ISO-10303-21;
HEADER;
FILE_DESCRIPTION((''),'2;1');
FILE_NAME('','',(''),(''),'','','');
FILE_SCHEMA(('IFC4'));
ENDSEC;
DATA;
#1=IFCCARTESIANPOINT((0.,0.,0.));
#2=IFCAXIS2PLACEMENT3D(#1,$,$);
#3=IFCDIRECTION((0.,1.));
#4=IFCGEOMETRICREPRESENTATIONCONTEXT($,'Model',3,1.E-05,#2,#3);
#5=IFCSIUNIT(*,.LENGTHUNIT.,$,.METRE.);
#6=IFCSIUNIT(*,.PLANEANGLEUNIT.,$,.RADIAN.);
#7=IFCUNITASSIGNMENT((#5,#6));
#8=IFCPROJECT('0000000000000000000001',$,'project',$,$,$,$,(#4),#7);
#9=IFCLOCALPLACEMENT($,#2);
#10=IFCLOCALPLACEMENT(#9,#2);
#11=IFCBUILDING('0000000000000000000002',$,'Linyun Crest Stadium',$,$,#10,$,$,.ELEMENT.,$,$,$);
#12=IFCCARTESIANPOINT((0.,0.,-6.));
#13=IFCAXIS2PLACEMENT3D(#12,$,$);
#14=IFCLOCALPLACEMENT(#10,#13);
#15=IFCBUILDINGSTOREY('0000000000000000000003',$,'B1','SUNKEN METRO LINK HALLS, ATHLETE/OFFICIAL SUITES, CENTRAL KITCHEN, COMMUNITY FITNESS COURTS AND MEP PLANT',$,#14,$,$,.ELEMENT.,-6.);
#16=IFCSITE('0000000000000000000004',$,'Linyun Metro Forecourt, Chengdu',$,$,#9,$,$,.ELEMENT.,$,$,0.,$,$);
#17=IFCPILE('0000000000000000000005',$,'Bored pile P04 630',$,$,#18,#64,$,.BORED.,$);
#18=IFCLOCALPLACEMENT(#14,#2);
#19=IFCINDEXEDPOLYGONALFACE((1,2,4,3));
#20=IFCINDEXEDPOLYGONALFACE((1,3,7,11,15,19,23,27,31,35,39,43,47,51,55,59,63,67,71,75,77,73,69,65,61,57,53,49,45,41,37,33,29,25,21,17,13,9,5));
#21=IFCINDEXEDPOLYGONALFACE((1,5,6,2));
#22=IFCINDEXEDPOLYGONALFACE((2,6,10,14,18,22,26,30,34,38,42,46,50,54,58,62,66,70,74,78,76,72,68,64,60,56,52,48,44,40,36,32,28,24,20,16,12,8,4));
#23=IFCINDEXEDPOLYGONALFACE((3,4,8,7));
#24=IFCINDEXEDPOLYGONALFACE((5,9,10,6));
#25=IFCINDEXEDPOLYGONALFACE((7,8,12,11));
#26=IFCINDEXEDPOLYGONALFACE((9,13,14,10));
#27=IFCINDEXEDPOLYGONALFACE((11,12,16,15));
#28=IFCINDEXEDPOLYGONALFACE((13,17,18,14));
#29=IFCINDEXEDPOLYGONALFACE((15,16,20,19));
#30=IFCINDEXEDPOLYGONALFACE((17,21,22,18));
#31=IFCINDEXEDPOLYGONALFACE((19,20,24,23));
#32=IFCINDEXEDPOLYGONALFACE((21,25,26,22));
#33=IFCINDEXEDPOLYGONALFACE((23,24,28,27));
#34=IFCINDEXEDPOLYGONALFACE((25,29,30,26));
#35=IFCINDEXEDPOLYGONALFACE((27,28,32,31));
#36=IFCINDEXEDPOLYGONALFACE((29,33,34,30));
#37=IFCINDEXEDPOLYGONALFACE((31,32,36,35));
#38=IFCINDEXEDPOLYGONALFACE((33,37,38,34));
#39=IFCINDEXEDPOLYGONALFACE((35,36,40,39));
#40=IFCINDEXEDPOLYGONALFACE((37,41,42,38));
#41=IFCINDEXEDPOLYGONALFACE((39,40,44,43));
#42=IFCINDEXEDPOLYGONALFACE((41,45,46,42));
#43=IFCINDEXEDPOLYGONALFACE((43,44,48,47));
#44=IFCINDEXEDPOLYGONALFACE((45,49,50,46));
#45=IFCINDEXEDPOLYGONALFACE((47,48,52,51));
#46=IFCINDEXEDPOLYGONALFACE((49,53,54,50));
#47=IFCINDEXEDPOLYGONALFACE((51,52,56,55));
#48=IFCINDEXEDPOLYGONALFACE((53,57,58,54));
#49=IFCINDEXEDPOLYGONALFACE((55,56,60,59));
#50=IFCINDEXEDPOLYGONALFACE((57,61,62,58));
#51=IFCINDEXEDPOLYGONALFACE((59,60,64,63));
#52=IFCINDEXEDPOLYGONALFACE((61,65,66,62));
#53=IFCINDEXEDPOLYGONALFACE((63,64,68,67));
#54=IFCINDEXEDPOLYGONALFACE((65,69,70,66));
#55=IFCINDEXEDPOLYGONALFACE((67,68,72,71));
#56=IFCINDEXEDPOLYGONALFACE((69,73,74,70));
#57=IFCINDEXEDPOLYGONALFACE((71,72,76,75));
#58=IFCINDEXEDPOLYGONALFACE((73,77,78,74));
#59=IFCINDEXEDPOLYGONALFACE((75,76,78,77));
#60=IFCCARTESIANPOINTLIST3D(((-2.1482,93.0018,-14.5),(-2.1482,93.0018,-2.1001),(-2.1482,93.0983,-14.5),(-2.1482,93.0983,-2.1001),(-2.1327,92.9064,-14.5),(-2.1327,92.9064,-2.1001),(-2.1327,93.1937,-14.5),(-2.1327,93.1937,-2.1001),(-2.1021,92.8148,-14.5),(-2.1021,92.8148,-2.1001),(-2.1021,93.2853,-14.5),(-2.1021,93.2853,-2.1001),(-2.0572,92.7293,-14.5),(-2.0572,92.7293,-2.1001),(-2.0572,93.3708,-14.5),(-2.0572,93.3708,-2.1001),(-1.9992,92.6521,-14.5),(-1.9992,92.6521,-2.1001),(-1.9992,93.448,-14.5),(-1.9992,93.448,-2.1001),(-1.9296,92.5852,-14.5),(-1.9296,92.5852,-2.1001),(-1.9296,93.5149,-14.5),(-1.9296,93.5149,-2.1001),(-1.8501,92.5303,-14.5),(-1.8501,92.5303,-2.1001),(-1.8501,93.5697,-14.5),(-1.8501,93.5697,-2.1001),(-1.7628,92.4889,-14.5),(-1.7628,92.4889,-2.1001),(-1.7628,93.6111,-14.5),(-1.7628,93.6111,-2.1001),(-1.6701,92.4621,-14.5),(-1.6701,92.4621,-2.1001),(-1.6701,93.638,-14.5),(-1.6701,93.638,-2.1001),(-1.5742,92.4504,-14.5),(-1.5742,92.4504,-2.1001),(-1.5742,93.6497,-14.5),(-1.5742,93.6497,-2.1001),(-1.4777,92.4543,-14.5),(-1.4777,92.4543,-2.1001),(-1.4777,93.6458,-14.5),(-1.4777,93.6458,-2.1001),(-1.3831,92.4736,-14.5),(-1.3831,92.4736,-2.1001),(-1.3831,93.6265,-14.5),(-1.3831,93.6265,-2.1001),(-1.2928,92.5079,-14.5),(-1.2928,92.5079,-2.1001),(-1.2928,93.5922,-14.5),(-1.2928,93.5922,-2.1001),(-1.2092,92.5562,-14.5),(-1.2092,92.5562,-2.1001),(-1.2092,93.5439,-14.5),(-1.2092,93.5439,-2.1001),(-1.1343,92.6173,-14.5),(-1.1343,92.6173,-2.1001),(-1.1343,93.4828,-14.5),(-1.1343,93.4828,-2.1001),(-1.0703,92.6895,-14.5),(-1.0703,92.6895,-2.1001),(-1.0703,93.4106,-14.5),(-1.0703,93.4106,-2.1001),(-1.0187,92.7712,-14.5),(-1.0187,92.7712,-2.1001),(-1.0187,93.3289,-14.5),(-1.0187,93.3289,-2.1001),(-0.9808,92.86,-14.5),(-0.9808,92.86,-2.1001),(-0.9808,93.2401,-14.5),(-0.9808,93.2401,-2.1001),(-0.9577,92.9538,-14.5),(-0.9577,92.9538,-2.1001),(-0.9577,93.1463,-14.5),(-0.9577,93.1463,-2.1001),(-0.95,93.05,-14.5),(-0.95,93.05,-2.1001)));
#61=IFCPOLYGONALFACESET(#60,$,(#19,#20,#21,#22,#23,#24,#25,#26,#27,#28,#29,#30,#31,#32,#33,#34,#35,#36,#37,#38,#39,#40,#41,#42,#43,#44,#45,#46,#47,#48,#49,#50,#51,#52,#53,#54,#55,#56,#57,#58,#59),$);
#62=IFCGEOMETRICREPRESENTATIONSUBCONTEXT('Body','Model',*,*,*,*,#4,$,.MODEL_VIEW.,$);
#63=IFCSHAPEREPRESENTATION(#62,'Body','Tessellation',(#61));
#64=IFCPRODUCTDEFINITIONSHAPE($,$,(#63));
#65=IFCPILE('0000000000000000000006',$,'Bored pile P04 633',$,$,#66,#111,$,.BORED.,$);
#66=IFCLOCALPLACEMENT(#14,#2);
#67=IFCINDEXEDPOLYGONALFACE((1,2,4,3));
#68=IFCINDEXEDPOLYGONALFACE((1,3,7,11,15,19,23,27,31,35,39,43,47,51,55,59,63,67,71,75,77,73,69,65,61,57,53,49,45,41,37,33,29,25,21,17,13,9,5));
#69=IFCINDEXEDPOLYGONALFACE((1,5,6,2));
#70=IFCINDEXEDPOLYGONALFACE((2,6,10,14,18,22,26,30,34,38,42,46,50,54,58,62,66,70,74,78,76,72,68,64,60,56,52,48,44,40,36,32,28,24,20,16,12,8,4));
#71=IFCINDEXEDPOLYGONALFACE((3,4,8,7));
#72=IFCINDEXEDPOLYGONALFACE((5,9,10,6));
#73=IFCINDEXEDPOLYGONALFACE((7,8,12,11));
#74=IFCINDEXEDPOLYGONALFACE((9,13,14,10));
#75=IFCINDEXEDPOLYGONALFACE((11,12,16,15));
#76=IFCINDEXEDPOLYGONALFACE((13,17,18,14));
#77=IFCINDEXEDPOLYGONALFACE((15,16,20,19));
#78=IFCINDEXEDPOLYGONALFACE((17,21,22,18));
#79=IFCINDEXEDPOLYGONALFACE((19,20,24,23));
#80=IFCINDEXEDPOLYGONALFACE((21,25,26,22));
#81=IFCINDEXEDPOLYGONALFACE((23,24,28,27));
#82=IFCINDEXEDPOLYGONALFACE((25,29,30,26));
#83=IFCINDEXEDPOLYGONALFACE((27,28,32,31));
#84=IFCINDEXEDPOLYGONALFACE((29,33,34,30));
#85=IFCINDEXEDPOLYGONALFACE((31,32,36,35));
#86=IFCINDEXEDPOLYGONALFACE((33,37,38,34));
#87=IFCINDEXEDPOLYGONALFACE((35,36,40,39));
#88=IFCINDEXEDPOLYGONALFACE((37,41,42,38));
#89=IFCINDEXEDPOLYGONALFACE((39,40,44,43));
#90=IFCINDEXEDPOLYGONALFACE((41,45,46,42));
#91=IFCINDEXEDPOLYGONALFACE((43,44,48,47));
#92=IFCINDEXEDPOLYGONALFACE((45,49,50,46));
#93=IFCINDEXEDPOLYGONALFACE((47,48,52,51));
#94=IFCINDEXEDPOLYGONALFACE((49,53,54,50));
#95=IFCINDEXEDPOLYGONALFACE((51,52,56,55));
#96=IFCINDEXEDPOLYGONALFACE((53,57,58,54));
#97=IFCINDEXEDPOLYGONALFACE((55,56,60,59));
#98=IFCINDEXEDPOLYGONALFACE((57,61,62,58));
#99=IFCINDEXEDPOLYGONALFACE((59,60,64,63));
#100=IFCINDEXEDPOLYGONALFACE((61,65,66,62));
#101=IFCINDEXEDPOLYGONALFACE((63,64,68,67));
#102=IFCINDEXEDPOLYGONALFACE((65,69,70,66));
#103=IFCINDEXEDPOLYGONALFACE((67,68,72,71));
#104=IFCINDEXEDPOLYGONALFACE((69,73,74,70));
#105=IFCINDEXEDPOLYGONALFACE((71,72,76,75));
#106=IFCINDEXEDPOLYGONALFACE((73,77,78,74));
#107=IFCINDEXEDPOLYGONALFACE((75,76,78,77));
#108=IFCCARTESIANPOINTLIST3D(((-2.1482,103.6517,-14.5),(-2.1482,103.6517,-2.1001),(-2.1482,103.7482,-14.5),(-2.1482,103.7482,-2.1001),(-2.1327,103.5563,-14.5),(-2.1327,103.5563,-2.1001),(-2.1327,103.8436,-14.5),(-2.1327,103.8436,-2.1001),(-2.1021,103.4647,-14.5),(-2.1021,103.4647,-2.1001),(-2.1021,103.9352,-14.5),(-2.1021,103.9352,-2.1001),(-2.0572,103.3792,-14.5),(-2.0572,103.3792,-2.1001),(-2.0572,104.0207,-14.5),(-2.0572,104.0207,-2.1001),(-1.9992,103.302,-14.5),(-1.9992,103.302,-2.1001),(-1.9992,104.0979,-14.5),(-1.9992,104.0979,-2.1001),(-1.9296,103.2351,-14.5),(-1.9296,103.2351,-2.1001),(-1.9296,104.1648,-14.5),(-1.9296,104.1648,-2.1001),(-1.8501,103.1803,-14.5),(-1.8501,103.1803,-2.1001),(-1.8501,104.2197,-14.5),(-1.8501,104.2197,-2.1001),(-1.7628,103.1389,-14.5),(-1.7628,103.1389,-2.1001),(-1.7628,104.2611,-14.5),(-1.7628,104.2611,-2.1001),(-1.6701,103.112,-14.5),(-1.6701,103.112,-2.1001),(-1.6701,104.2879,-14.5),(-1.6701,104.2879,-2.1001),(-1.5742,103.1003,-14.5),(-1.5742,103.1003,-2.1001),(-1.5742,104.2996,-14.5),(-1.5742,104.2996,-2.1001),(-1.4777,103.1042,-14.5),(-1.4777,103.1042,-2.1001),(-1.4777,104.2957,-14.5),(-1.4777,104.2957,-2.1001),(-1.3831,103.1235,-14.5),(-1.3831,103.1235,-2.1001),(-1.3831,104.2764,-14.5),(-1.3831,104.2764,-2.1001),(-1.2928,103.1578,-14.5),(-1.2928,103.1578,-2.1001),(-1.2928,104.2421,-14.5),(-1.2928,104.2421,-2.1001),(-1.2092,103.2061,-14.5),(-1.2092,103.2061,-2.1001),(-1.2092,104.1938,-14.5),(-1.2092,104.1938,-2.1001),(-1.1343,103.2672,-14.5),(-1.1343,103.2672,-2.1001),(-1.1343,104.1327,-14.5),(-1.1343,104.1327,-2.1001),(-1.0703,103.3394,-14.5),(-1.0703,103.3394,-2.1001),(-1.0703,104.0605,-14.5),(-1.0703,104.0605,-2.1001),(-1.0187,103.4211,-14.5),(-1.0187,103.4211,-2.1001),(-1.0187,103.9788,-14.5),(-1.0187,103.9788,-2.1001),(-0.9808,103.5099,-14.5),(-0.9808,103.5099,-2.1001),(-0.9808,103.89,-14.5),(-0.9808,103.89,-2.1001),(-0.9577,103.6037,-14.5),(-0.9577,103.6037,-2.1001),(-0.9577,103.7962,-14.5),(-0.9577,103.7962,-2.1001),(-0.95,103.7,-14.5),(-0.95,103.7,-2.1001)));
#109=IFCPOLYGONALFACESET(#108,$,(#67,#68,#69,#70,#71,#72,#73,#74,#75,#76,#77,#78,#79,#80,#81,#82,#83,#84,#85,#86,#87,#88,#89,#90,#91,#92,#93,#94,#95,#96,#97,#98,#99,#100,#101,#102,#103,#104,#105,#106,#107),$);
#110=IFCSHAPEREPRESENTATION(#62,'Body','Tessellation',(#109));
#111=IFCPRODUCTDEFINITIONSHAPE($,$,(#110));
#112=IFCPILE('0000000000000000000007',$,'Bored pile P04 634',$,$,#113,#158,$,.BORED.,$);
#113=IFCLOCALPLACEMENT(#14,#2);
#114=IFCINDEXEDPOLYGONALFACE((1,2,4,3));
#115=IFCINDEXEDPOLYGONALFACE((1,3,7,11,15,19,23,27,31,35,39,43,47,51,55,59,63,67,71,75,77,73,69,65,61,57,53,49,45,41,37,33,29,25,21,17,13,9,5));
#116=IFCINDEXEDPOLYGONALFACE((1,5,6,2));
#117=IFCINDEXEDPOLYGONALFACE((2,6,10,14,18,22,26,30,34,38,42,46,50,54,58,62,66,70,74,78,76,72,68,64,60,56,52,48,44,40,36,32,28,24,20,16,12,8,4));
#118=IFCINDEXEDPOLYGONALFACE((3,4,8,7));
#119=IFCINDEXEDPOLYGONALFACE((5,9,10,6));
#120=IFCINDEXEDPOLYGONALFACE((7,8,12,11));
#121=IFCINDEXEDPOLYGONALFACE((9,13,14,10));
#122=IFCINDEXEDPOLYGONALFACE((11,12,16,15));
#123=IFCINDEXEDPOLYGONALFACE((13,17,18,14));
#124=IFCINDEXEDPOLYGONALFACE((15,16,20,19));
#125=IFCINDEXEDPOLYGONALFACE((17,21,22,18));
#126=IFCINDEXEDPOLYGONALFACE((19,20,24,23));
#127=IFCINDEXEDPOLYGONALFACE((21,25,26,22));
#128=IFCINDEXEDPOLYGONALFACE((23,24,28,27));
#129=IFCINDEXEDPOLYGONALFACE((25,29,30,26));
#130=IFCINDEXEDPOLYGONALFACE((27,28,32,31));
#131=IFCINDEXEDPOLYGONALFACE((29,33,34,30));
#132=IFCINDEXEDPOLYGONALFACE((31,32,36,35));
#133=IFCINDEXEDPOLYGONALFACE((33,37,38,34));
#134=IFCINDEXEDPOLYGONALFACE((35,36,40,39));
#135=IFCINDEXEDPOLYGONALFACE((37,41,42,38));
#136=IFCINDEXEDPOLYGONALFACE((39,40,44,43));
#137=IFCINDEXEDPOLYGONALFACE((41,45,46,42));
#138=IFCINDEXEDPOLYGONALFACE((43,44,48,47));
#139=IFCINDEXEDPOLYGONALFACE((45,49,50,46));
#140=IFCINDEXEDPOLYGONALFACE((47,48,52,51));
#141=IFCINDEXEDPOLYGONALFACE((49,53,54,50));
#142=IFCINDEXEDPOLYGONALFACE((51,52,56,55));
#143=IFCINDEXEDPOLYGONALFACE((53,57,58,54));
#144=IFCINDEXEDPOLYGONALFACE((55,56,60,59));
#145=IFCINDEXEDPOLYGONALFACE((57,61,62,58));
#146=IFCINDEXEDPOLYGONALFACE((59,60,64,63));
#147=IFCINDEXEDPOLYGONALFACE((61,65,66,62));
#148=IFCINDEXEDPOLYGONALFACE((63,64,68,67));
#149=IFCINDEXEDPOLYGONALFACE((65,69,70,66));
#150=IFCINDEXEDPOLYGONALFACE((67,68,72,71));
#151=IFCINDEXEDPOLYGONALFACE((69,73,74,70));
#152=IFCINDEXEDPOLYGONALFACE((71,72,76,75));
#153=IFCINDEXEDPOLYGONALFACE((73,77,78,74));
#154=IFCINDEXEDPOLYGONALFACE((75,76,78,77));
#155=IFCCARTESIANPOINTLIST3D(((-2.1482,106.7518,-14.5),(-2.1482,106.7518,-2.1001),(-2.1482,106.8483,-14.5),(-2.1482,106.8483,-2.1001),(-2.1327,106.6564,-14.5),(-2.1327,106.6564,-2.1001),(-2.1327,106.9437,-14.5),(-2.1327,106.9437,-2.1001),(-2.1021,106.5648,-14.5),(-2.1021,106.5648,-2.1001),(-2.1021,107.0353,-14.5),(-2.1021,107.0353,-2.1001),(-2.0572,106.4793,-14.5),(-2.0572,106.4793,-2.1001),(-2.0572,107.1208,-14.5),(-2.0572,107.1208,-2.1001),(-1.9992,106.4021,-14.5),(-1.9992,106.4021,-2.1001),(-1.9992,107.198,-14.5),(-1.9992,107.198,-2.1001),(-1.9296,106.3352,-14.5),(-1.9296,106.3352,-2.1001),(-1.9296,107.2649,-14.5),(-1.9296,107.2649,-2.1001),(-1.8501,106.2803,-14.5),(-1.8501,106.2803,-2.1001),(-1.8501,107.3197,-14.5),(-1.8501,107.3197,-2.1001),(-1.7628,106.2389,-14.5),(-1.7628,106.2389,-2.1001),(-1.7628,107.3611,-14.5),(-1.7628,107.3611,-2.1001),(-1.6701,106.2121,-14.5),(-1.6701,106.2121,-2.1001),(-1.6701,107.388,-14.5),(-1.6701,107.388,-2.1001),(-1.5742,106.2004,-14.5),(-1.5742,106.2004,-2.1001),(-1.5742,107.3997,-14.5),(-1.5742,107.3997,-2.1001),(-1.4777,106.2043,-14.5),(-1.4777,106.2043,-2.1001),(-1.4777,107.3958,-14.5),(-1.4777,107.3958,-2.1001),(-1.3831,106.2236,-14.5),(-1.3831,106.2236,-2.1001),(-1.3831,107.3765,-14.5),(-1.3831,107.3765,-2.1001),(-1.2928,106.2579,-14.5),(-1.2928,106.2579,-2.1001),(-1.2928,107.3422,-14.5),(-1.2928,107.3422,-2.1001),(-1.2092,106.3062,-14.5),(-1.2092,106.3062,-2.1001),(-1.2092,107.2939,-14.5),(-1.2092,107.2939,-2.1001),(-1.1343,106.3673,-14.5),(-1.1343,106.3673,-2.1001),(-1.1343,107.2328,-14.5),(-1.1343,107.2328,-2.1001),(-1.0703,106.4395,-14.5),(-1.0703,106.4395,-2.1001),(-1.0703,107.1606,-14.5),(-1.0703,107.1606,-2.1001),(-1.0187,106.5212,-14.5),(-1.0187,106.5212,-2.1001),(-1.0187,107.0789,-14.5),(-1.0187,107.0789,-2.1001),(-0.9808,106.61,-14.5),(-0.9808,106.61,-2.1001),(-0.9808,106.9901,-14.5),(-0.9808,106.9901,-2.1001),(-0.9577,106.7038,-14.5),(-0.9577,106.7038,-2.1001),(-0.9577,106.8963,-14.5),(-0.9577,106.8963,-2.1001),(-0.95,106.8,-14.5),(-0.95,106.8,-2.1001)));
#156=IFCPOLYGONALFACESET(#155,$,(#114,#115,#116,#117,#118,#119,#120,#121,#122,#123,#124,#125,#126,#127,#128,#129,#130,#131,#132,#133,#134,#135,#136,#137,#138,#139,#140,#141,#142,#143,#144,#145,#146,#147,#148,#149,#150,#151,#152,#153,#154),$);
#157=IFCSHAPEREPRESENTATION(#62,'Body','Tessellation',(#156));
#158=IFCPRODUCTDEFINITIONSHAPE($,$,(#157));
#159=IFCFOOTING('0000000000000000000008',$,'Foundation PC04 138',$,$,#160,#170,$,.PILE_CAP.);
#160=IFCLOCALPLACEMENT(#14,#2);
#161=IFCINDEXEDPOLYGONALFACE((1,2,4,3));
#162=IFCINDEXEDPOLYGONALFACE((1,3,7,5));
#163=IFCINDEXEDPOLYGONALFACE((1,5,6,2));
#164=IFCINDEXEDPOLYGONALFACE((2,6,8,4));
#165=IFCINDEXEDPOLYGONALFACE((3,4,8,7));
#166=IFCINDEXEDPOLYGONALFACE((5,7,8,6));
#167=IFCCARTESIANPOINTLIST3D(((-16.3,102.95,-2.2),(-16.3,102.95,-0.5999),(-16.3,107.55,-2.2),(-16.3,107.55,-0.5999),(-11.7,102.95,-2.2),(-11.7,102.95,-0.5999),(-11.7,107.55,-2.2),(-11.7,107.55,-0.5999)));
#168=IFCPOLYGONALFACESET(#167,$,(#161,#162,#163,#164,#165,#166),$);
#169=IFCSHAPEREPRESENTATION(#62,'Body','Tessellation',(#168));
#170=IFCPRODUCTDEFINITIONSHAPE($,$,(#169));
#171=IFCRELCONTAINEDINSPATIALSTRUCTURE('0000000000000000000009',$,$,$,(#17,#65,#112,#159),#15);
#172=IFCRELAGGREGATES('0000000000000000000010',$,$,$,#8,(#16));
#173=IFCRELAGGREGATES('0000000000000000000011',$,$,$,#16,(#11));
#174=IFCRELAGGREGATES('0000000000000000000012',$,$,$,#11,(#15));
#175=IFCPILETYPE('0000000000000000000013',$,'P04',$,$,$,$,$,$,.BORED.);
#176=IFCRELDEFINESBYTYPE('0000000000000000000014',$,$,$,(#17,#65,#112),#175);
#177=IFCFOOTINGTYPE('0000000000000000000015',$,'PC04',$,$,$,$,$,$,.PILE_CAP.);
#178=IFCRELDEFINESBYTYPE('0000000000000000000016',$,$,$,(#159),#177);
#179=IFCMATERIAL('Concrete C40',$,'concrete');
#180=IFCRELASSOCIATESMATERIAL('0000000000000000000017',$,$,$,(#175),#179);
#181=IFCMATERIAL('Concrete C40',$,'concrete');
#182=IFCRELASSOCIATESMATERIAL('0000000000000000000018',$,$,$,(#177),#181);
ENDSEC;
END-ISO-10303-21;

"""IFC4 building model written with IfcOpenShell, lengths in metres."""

from ifc_helpers import new_model, si_unit, direction, frame, origin, origin_2d, place, context, subcontext, project, spatial, rectangle, circle, extrude, material, material_profile, profile_set, type_object, element, save


model = new_model("IFC4")

# Units and contexts
model_context = context("Model", 3, precision=1e-05, world=origin(), true_north=direction((0.0, 1.0)))
body_context = subcontext(model_context, "Body", "Model", "MODEL_VIEW")
ifc_project = project(units=[si_unit("LENGTHUNIT", "METRE"), si_unit("PLANEANGLEUNIT", "RADIAN")], contexts=[model_context])

# Site, building, storey
site_placement = place(None, origin())
site = spatial("IfcSite", under=ifc_project, at=site_placement, Name="Linyun Metro Forecourt, Chengdu", CompositionType="ELEMENT", RefElevation=0.0)
building_placement = place(site_placement, origin())
building = spatial("IfcBuilding", under=site, at=building_placement, Name="Linyun Crest Stadium", CompositionType="ELEMENT")
storey_placement = place(building_placement, frame((0.0, 0.0, -6.0)))
storey = spatial("IfcBuildingStorey", under=building, at=storey_placement, Name="B1", Description="SUNKEN METRO LINK HALLS, ATHLETE/OFFICIAL SUITES, CENTRAL KITCHEN, COMMUNITY FITNESS COURTS AND MEP PLANT", CompositionType="ELEMENT", Elevation=-6.0)

# Piles
ifc_material_1 = material(Name="Concrete C40", Category="concrete")
ifc_material_profile_1 = material_profile(ifc_material_1, circle(Radius=0.6001, at=origin_2d()), Name="BORED PILE 1200")
ifc_profile_set_1 = profile_set([ifc_material_profile_1], Name="Concrete C40")
pile_type = type_object("IfcPileType", Name="P04", PredefinedType="BORED", material=ifc_profile_set_1)
for number, where, z_axis, x_axis, name in (
    (1, (-1.55, 93.05, -2.1001), (0.0, 0.0, -1.0), (1.0, 0.0, 0.0), "Bored pile P04 630"),
    (2, (-1.55, 103.7, -2.1001), (0.0, 0.0, -1.0), (1.0, 0.0, 0.0), "Bored pile P04 633"),
    (3, (-1.55, 106.8, -2.1001), (0.0, 0.0, -1.0), (1.0, 0.0, 0.0), "Bored pile P04 634"),
):
    element("IfcPile", number, at=place(storey_placement, frame(where, z_axis=z_axis, x_axis=x_axis)), inside=storey, type_object=pile_type, Name=name, PredefinedType="BORED", context=body_context, shape_type="SweptSolid", body=[
        extrude(circle(Radius=0.6001, at=origin_2d()), origin(), (0.0, 0.0, 1.0), 12.3999),
    ])

# Footing
ifc_material_2 = material(Name="Concrete C40", Category="concrete")
footing_type = type_object("IfcFootingType", Name="PC04", PredefinedType="PILE_CAP", material=ifc_material_2)
footing_placement = place(storey_placement, frame((-14.0, 105.25, -2.2), z_axis=(0.0, 0.0, 1.0), x_axis=(1.0, 0.0, 0.0)))
element("IfcFooting", 4, at=footing_placement, inside=storey, type_object=footing_type, Name="Foundation PC04 138", PredefinedType="PILE_CAP", context=body_context, shape_type="SweptSolid", body=[
    extrude(rectangle(XDim=4.6001, YDim=4.6001, at=origin_2d()), origin(), (0.0, 0.0, 1.0), 1.6001),
])

save(model, "model.ifc")
